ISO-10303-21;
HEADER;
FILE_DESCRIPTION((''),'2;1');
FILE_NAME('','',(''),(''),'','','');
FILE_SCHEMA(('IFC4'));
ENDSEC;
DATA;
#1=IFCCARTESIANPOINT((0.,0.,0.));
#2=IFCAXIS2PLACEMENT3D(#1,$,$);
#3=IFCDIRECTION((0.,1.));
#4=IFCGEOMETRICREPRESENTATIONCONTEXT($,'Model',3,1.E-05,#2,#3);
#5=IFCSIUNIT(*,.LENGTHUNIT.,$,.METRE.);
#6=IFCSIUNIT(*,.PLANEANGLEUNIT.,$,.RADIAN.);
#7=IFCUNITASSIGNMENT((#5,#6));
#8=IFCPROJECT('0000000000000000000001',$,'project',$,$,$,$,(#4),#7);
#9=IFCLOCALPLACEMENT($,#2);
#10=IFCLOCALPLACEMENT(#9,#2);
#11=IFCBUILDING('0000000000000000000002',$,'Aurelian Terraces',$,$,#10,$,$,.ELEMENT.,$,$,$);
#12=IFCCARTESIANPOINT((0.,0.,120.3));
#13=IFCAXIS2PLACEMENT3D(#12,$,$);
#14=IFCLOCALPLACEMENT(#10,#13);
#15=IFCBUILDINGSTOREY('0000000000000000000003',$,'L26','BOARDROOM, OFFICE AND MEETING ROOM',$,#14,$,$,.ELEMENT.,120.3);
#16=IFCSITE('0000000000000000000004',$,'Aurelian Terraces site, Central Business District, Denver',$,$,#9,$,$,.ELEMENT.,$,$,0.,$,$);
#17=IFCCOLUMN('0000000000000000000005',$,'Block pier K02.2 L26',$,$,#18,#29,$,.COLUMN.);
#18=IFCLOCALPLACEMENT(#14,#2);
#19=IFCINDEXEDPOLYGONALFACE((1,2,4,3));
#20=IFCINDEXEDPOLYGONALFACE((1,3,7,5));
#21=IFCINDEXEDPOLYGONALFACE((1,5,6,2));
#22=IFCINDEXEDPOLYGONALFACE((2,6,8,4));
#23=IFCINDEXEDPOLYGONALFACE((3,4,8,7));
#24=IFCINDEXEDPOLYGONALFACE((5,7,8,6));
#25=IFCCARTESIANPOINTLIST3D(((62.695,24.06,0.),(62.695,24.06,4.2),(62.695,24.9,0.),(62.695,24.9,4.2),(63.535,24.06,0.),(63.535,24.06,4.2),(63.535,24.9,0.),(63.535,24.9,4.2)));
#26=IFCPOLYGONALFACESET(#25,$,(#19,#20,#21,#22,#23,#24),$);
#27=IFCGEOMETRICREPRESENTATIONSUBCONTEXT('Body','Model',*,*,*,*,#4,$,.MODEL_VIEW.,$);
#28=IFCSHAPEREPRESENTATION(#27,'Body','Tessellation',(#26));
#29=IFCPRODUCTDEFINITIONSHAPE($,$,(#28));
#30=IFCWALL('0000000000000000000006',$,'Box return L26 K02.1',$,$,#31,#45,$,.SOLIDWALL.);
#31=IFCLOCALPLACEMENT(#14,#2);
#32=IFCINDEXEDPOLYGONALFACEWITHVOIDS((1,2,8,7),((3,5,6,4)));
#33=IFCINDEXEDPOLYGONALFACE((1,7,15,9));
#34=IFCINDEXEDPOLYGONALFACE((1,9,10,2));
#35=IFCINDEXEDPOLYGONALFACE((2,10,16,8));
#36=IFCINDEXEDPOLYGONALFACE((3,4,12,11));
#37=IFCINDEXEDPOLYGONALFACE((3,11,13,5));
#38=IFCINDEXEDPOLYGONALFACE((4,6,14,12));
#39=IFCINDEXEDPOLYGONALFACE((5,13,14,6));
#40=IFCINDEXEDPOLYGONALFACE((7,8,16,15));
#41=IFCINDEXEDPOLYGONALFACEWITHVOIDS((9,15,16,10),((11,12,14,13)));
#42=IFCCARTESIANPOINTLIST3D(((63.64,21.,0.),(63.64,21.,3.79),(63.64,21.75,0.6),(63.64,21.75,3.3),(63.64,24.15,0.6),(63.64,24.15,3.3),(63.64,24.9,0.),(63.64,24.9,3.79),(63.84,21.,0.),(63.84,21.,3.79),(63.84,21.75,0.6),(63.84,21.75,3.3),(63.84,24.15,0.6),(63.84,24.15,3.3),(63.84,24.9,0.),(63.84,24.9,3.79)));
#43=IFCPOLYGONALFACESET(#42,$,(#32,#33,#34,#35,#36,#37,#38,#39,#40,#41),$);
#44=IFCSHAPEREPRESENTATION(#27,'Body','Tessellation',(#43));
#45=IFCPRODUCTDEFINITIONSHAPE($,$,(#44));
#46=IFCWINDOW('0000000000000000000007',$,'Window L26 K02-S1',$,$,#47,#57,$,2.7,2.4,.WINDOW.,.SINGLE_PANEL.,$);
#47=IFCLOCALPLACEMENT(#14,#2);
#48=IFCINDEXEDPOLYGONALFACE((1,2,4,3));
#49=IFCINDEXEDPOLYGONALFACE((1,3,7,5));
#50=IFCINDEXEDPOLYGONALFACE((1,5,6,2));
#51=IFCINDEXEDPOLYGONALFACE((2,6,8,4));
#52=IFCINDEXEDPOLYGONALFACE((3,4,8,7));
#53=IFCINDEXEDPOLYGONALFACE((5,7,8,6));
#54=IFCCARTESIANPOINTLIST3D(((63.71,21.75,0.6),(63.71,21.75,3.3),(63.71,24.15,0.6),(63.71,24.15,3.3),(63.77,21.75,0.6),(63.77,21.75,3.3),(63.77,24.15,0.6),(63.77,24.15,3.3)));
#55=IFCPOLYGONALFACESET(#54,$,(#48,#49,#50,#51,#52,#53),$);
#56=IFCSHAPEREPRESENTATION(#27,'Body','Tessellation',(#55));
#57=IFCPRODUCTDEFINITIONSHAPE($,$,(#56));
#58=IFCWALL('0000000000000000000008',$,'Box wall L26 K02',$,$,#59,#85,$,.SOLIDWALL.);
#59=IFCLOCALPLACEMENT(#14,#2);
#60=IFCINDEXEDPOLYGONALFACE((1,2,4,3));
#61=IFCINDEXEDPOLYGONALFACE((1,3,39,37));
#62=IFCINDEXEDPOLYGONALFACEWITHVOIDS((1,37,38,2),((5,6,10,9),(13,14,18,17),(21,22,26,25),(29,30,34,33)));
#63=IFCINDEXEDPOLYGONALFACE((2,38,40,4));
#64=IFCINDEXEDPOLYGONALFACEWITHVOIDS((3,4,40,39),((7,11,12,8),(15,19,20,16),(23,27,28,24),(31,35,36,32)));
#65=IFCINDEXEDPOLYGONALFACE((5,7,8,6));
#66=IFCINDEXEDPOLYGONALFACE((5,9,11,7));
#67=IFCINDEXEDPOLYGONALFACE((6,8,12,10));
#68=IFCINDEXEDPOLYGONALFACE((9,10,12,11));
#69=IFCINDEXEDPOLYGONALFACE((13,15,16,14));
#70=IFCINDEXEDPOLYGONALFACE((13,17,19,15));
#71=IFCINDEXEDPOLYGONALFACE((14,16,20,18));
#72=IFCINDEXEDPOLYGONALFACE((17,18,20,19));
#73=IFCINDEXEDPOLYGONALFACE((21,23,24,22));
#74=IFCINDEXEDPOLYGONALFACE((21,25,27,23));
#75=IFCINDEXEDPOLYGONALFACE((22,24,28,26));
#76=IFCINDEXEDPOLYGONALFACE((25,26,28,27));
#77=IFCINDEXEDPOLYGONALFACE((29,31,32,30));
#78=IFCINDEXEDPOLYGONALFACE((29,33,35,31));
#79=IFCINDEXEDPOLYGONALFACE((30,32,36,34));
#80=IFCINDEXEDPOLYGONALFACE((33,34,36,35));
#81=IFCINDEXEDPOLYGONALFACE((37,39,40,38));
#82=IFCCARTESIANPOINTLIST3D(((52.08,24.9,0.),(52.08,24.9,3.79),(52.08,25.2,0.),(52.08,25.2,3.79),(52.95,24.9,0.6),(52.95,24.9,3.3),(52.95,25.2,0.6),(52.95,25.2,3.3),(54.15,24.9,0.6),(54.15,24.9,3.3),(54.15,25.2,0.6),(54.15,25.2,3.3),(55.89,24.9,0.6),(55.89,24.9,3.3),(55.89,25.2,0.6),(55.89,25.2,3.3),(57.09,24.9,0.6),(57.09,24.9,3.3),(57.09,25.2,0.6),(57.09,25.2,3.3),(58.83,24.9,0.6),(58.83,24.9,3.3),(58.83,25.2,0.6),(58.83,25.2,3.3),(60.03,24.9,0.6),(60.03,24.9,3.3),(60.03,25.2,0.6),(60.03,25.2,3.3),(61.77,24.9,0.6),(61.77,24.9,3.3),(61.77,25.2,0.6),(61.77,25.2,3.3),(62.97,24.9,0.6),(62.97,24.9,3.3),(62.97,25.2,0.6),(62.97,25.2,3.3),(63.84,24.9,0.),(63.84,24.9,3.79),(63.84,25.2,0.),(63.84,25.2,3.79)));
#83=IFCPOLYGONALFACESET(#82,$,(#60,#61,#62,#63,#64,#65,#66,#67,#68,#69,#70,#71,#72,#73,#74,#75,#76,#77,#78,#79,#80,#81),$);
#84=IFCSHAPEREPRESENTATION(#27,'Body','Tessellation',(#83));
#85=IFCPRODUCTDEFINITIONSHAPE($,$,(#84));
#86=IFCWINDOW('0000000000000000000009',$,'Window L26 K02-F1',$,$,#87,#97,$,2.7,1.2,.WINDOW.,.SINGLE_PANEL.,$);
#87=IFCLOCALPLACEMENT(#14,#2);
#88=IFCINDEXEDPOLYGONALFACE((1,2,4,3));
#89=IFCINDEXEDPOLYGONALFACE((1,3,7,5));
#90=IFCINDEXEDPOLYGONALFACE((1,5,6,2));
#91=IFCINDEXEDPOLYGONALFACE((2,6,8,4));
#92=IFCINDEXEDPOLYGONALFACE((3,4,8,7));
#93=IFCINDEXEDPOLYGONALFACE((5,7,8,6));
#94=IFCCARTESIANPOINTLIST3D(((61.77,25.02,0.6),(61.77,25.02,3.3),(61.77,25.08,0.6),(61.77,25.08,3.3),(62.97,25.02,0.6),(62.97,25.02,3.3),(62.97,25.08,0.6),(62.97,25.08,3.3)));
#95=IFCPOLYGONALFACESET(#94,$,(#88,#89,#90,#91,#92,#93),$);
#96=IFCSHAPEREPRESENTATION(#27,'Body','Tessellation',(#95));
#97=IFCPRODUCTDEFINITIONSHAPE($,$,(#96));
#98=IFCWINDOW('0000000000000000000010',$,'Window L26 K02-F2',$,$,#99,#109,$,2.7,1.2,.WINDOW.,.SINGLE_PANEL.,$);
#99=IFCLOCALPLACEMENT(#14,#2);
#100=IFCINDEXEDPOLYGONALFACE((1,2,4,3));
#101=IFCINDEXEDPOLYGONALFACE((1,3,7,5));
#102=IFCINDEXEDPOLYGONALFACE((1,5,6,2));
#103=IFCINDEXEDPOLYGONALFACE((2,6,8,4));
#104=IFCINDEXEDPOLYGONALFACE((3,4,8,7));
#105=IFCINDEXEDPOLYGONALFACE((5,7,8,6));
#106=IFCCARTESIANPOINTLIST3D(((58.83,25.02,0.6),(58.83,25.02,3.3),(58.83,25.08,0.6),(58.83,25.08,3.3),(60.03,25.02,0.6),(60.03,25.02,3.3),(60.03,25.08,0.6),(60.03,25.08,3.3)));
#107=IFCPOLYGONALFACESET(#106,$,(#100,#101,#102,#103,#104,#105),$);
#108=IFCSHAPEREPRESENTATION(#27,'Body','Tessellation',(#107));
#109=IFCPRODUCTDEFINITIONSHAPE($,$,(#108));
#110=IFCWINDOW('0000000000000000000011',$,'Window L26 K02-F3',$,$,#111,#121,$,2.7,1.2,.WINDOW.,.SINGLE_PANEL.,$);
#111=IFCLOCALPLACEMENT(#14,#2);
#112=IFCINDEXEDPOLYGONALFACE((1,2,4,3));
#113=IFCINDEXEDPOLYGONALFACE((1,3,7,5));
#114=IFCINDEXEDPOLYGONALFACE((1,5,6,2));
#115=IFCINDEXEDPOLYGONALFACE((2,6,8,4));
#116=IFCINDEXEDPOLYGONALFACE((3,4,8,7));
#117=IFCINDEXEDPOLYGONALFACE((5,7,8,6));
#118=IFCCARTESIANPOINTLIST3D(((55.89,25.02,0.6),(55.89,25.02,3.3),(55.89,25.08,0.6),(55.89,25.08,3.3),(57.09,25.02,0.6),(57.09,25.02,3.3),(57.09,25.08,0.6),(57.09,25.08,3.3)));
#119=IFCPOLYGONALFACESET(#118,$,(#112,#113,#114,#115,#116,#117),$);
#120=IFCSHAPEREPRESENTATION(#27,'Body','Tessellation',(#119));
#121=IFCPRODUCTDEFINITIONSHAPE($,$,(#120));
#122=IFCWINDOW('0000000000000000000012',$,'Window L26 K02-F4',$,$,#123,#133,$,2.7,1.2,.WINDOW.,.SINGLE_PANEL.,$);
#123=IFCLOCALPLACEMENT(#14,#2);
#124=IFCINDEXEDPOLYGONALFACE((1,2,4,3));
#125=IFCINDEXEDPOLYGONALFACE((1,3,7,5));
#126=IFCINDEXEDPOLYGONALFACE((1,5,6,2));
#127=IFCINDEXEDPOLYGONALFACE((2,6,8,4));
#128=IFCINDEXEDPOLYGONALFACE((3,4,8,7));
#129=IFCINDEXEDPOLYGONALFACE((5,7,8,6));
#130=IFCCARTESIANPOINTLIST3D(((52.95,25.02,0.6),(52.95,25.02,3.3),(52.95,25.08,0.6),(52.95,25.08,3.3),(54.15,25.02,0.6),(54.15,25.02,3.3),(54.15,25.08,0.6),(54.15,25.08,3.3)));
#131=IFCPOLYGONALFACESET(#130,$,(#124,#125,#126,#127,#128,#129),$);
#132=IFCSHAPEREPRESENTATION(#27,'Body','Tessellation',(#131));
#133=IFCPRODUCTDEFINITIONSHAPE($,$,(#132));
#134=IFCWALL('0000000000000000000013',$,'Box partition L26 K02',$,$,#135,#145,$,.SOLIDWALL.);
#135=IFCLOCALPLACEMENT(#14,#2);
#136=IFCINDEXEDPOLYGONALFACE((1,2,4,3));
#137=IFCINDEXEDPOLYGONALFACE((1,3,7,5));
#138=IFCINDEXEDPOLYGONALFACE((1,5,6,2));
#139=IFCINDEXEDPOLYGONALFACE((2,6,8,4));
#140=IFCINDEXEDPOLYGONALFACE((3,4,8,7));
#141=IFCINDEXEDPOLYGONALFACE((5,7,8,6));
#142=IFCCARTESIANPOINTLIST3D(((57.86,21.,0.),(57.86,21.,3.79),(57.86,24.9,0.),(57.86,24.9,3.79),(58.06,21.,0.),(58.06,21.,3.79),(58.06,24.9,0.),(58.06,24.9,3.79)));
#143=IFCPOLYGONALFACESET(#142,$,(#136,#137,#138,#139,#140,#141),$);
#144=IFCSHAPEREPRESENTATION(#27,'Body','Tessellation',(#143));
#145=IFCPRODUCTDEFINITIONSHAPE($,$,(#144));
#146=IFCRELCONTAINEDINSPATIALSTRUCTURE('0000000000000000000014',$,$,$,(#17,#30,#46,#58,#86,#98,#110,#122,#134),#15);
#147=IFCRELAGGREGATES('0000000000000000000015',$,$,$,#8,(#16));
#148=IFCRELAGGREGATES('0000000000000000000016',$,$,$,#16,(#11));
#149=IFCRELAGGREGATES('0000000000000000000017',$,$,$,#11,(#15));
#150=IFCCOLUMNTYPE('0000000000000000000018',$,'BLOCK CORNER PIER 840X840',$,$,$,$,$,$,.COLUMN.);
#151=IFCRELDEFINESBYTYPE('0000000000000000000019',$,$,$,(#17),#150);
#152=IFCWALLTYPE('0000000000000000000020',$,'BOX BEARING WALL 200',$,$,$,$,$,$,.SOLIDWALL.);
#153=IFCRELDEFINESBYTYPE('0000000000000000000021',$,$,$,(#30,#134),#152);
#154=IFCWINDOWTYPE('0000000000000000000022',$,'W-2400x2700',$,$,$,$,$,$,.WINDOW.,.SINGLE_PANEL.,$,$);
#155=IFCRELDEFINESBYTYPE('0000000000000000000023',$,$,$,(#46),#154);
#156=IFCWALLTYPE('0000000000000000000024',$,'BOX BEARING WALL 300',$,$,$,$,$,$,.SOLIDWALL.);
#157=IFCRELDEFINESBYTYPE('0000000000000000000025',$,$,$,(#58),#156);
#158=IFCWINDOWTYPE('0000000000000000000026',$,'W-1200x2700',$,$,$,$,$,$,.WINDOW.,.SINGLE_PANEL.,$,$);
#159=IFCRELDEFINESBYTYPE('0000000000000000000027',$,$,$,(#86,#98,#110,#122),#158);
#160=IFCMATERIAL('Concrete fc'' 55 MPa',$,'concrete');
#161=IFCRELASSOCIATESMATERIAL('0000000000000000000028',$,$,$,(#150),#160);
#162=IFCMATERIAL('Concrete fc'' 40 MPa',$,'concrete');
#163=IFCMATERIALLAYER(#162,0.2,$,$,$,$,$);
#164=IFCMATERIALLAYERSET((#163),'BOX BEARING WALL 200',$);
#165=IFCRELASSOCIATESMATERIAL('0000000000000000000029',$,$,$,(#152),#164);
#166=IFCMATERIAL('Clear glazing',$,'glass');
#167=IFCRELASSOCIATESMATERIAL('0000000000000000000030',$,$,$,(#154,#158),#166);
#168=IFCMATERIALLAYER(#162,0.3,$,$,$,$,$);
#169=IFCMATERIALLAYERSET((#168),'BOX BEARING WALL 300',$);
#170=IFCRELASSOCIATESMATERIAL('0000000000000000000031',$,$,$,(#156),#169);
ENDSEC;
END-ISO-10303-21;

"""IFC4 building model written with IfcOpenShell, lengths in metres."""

from ifc_helpers import new_model, si_unit, direction, frame, frame_2d, origin, origin_2d, place, context, subcontext, project, spatial, rectangle, extrude, source, transform, mapped, material, layer, layer_set, material_profile, profile_set, type_object, element, fill, save


model = new_model("IFC4")

# Units and contexts
model_context = context("Model", 3, precision=1e-05, world=origin(), true_north=direction((0.0, 1.0)))
body_context = subcontext(model_context, "Body", "Model", "MODEL_VIEW")
ifc_project = project(units=[si_unit("LENGTHUNIT", "METRE"), si_unit("PLANEANGLEUNIT", "RADIAN")], contexts=[model_context])

# Site, building, storey
site_placement = place(None, origin())
site = spatial("IfcSite", under=ifc_project, at=site_placement, Name="Aurelian Terraces site, Central Business District, Denver", CompositionType="ELEMENT", RefElevation=0.0)
building_placement = place(site_placement, origin())
building = spatial("IfcBuilding", under=site, at=building_placement, Name="Aurelian Terraces", CompositionType="ELEMENT")
storey_placement = place(building_placement, frame((0.0, 0.0, 120.3)))
storey = spatial("IfcBuildingStorey", under=building, at=storey_placement, Name="L26", Description="BOARDROOM, OFFICE AND MEETING ROOM", CompositionType="ELEMENT", Elevation=120.3)

# Column
ifc_material_1 = material(Name="Concrete fc' 55 MPa", Category="concrete")
ifc_material_profile = material_profile(ifc_material_1, rectangle(XDim=0.84, YDim=0.84, at=origin_2d()))
ifc_profile_set = profile_set([ifc_material_profile], Name="Concrete fc' 55 MPa")
column_type = type_object("IfcColumnType", Name="BLOCK CORNER PIER 840X840", PredefinedType="COLUMN", material=ifc_profile_set)
shared_shape_1 = source(origin(), body_context, "Body", "SweptSolid", [
    extrude(rectangle(XDim=0.84, YDim=0.84, at=origin_2d()), origin(), (0.0, 0.0, 1.0), 4.2),
])
column_placement = place(storey_placement, frame((63.115, 24.48, 0.0), z_axis=(0.0, 0.0, 1.0), x_axis=(1.0, 0.0, 0.0)))
element("IfcColumn", 1, at=column_placement, inside=storey, type_object=column_type, Name="Block pier K02.2 L26", PredefinedType="COLUMN", context=body_context, shape_type="MappedRepresentation", body=[
    mapped(shared_shape_1, transform((0.0, 0.0, 0.0), scale=1.0)),
])

# Wall, opening, window
ifc_material_2 = material(Name="Concrete fc' 40 MPa", Category="concrete")
ifc_layer_1 = layer(ifc_material_2, 0.2)
ifc_layer_set_1 = layer_set([ifc_layer_1], Name="BOX BEARING WALL 200")
wall_type_1 = type_object("IfcWallType", Name="BOX BEARING WALL 200", PredefinedType="SOLIDWALL", material=ifc_layer_set_1)
shared_shape_2 = source(origin(), body_context, "Body", "SweptSolid", [
    extrude(rectangle(XDim=3.9, YDim=0.2, at=frame_2d((1.95, 0.0))), origin(), (0.0, 0.0, 1.0), 3.79),
])
wall_1_placement = place(storey_placement, frame((63.74, 21.0, 0.0), z_axis=(0.0, 0.0, 1.0), x_axis=(0.0, 1.0, 0.0)))
wall_1 = element("IfcWall", 2, at=wall_1_placement, inside=storey, type_object=wall_type_1, Name="Box return L26 K02.1", PredefinedType="SOLIDWALL", context=body_context, shape_type="MappedRepresentation", body=[
    mapped(shared_shape_2, transform((0.0, 0.0, 0.0), scale=1.0)),
])
shared_shape_3 = source(origin(), body_context, "Body", "SweptSolid", [
    extrude(rectangle(XDim=2.4, YDim=2.7, at=frame_2d((1.2, 1.35))), frame((0.0, 0.11, 0.0), z_axis=(0.0, -1.0, 0.0), x_axis=(1.0, 0.0, 0.0)), (0.0, 0.0, 1.0), 0.22),
])
opening_1_placement = place(wall_1_placement, frame((0.75, 0.0, 0.6)))
opening_1 = element("IfcOpeningElement", 3, at=opening_1_placement, cuts=wall_1, PredefinedType="OPENING", context=body_context, shape_type="MappedRepresentation", body=[
    mapped(shared_shape_3, transform((0.0, 0.0, 0.0), scale=1.0)),
])
ifc_material_3 = material(Name="Clear glazing", Category="glass")
window_type_1 = type_object("IfcWindowType", Name="W-2400x2700", PartitioningType="SINGLE_PANEL", PredefinedType="WINDOW", material=ifc_material_3)
shared_shape_4 = source(origin(), body_context, "Body", "SweptSolid", [
    extrude(rectangle(XDim=2.4, YDim=2.7, at=frame_2d((1.2, 1.35))), frame((0.0, 0.03, 0.0), z_axis=(0.0, -1.0, 0.0), x_axis=(1.0, 0.0, 0.0)), (0.0, 0.0, 1.0), 0.06),
])
window_1_placement = place(opening_1_placement, origin())
window_1 = element("IfcWindow", 4, at=window_1_placement, inside=storey, type_object=window_type_1, Name="Window L26 K02-S1", OverallHeight=2.7, OverallWidth=2.4, PartitioningType="SINGLE_PANEL", PredefinedType="WINDOW", context=body_context, shape_type="MappedRepresentation", body=[
    mapped(shared_shape_4, transform((0.0, 0.0, 0.0), scale=1.0)),
])
fill(opening_1, window_1)

# Wall, openings, windows
ifc_layer_2 = layer(ifc_material_2, 0.3)
ifc_layer_set_2 = layer_set([ifc_layer_2], Name="BOX BEARING WALL 300")
wall_type_2 = type_object("IfcWallType", Name="BOX BEARING WALL 300", PredefinedType="SOLIDWALL", material=ifc_layer_set_2)
shared_shape_5 = source(origin(), body_context, "Body", "SweptSolid", [
    extrude(rectangle(XDim=11.76, YDim=0.3, at=frame_2d((5.88, 0.0))), origin(), (0.0, 0.0, 1.0), 3.79),
])
wall_2_placement = place(storey_placement, frame((63.84, 25.05, 0.0), z_axis=(0.0, 0.0, 1.0), x_axis=(-1.0, 0.0, 0.0)))
wall_2 = element("IfcWall", 5, at=wall_2_placement, inside=storey, type_object=wall_type_2, Name="Box wall L26 K02", PredefinedType="SOLIDWALL", context=body_context, shape_type="MappedRepresentation", body=[
    mapped(shared_shape_5, transform((0.0, 0.0, 0.0), scale=1.0)),
])
shared_shape_6 = source(origin(), body_context, "Body", "SweptSolid", [
    extrude(rectangle(XDim=1.2, YDim=2.7, at=frame_2d((0.6, 1.35))), frame((0.0, 0.16, 0.0), z_axis=(0.0, -1.0, 0.0), x_axis=(1.0, 0.0, 0.0)), (0.0, 0.0, 1.0), 0.32),
])
opening_2_placement = place(wall_2_placement, frame((0.87, 0.0, 0.6)))
opening_2 = element("IfcOpeningElement", 6, at=opening_2_placement, cuts=wall_2, PredefinedType="OPENING", context=body_context, shape_type="MappedRepresentation", body=[
    mapped(shared_shape_6, transform((0.0, 0.0, 0.0), scale=1.0)),
])
opening_3_placement = place(wall_2_placement, frame((3.81, 0.0, 0.6)))
opening_3 = element("IfcOpeningElement", 7, at=opening_3_placement, cuts=wall_2, PredefinedType="OPENING", context=body_context, shape_type="MappedRepresentation", body=[
    mapped(shared_shape_6, transform((0.0, 0.0, 0.0), scale=1.0)),
])
opening_4_placement = place(wall_2_placement, frame((6.75, 0.0, 0.6)))
opening_4 = element("IfcOpeningElement", 8, at=opening_4_placement, cuts=wall_2, PredefinedType="OPENING", context=body_context, shape_type="MappedRepresentation", body=[
    mapped(shared_shape_6, transform((0.0, 0.0, 0.0), scale=1.0)),
])
opening_5_placement = place(wall_2_placement, frame((9.69, 0.0, 0.6)))
opening_5 = element("IfcOpeningElement", 9, at=opening_5_placement, cuts=wall_2, PredefinedType="OPENING", context=body_context, shape_type="MappedRepresentation", body=[
    mapped(shared_shape_6, transform((0.0, 0.0, 0.0), scale=1.0)),
])
window_type_2 = type_object("IfcWindowType", Name="W-1200x2700", PartitioningType="SINGLE_PANEL", PredefinedType="WINDOW", material=ifc_material_3)
shared_shape_7 = source(origin(), body_context, "Body", "SweptSolid", [
    extrude(rectangle(XDim=1.2, YDim=2.7, at=frame_2d((0.6, 1.35))), frame((0.0, 0.03, 0.0), z_axis=(0.0, -1.0, 0.0), x_axis=(1.0, 0.0, 0.0)), (0.0, 0.0, 1.0), 0.06),
])
window_2_placement = place(opening_2_placement, origin())
window_2 = element("IfcWindow", 10, at=window_2_placement, inside=storey, type_object=window_type_2, Name="Window L26 K02-F1", OverallHeight=2.7, OverallWidth=1.2, PartitioningType="SINGLE_PANEL", PredefinedType="WINDOW", context=body_context, shape_type="MappedRepresentation", body=[
    mapped(shared_shape_7, transform((0.0, 0.0, 0.0), scale=1.0)),
])
fill(opening_2, window_2)
window_3_placement = place(opening_3_placement, origin())
window_3 = element("IfcWindow", 11, at=window_3_placement, inside=storey, type_object=window_type_2, Name="Window L26 K02-F2", OverallHeight=2.7, OverallWidth=1.2, PartitioningType="SINGLE_PANEL", PredefinedType="WINDOW", context=body_context, shape_type="MappedRepresentation", body=[
    mapped(shared_shape_7, transform((0.0, 0.0, 0.0), scale=1.0)),
])
fill(opening_3, window_3)
window_4_placement = place(opening_4_placement, origin())
window_4 = element("IfcWindow", 12, at=window_4_placement, inside=storey, type_object=window_type_2, Name="Window L26 K02-F3", OverallHeight=2.7, OverallWidth=1.2, PartitioningType="SINGLE_PANEL", PredefinedType="WINDOW", context=body_context, shape_type="MappedRepresentation", body=[
    mapped(shared_shape_7, transform((0.0, 0.0, 0.0), scale=1.0)),
])
fill(opening_4, window_4)
window_5_placement = place(opening_5_placement, origin())
window_5 = element("IfcWindow", 13, at=window_5_placement, inside=storey, type_object=window_type_2, Name="Window L26 K02-F4", OverallHeight=2.7, OverallWidth=1.2, PartitioningType="SINGLE_PANEL", PredefinedType="WINDOW", context=body_context, shape_type="MappedRepresentation", body=[
    mapped(shared_shape_7, transform((0.0, 0.0, 0.0), scale=1.0)),
])
fill(opening_5, window_5)

# Wall
shared_shape_8 = source(origin(), body_context, "Body", "SweptSolid", [
    extrude(rectangle(XDim=3.9, YDim=0.2, at=frame_2d((1.95, 0.0))), origin(), (0.0, 0.0, 1.0), 3.79),
])
wall_3_placement = place(storey_placement, frame((57.96, 21.0, 0.0), z_axis=(0.0, 0.0, 1.0), x_axis=(0.0, 1.0, 0.0)))
element("IfcWall", 14, at=wall_3_placement, inside=storey, type_object=wall_type_1, Name="Box partition L26 K02", PredefinedType="SOLIDWALL", context=body_context, shape_type="MappedRepresentation", body=[
    mapped(shared_shape_8, transform((0.0, 0.0, 0.0), scale=1.0)),
])

save(model, "model.ifc")
